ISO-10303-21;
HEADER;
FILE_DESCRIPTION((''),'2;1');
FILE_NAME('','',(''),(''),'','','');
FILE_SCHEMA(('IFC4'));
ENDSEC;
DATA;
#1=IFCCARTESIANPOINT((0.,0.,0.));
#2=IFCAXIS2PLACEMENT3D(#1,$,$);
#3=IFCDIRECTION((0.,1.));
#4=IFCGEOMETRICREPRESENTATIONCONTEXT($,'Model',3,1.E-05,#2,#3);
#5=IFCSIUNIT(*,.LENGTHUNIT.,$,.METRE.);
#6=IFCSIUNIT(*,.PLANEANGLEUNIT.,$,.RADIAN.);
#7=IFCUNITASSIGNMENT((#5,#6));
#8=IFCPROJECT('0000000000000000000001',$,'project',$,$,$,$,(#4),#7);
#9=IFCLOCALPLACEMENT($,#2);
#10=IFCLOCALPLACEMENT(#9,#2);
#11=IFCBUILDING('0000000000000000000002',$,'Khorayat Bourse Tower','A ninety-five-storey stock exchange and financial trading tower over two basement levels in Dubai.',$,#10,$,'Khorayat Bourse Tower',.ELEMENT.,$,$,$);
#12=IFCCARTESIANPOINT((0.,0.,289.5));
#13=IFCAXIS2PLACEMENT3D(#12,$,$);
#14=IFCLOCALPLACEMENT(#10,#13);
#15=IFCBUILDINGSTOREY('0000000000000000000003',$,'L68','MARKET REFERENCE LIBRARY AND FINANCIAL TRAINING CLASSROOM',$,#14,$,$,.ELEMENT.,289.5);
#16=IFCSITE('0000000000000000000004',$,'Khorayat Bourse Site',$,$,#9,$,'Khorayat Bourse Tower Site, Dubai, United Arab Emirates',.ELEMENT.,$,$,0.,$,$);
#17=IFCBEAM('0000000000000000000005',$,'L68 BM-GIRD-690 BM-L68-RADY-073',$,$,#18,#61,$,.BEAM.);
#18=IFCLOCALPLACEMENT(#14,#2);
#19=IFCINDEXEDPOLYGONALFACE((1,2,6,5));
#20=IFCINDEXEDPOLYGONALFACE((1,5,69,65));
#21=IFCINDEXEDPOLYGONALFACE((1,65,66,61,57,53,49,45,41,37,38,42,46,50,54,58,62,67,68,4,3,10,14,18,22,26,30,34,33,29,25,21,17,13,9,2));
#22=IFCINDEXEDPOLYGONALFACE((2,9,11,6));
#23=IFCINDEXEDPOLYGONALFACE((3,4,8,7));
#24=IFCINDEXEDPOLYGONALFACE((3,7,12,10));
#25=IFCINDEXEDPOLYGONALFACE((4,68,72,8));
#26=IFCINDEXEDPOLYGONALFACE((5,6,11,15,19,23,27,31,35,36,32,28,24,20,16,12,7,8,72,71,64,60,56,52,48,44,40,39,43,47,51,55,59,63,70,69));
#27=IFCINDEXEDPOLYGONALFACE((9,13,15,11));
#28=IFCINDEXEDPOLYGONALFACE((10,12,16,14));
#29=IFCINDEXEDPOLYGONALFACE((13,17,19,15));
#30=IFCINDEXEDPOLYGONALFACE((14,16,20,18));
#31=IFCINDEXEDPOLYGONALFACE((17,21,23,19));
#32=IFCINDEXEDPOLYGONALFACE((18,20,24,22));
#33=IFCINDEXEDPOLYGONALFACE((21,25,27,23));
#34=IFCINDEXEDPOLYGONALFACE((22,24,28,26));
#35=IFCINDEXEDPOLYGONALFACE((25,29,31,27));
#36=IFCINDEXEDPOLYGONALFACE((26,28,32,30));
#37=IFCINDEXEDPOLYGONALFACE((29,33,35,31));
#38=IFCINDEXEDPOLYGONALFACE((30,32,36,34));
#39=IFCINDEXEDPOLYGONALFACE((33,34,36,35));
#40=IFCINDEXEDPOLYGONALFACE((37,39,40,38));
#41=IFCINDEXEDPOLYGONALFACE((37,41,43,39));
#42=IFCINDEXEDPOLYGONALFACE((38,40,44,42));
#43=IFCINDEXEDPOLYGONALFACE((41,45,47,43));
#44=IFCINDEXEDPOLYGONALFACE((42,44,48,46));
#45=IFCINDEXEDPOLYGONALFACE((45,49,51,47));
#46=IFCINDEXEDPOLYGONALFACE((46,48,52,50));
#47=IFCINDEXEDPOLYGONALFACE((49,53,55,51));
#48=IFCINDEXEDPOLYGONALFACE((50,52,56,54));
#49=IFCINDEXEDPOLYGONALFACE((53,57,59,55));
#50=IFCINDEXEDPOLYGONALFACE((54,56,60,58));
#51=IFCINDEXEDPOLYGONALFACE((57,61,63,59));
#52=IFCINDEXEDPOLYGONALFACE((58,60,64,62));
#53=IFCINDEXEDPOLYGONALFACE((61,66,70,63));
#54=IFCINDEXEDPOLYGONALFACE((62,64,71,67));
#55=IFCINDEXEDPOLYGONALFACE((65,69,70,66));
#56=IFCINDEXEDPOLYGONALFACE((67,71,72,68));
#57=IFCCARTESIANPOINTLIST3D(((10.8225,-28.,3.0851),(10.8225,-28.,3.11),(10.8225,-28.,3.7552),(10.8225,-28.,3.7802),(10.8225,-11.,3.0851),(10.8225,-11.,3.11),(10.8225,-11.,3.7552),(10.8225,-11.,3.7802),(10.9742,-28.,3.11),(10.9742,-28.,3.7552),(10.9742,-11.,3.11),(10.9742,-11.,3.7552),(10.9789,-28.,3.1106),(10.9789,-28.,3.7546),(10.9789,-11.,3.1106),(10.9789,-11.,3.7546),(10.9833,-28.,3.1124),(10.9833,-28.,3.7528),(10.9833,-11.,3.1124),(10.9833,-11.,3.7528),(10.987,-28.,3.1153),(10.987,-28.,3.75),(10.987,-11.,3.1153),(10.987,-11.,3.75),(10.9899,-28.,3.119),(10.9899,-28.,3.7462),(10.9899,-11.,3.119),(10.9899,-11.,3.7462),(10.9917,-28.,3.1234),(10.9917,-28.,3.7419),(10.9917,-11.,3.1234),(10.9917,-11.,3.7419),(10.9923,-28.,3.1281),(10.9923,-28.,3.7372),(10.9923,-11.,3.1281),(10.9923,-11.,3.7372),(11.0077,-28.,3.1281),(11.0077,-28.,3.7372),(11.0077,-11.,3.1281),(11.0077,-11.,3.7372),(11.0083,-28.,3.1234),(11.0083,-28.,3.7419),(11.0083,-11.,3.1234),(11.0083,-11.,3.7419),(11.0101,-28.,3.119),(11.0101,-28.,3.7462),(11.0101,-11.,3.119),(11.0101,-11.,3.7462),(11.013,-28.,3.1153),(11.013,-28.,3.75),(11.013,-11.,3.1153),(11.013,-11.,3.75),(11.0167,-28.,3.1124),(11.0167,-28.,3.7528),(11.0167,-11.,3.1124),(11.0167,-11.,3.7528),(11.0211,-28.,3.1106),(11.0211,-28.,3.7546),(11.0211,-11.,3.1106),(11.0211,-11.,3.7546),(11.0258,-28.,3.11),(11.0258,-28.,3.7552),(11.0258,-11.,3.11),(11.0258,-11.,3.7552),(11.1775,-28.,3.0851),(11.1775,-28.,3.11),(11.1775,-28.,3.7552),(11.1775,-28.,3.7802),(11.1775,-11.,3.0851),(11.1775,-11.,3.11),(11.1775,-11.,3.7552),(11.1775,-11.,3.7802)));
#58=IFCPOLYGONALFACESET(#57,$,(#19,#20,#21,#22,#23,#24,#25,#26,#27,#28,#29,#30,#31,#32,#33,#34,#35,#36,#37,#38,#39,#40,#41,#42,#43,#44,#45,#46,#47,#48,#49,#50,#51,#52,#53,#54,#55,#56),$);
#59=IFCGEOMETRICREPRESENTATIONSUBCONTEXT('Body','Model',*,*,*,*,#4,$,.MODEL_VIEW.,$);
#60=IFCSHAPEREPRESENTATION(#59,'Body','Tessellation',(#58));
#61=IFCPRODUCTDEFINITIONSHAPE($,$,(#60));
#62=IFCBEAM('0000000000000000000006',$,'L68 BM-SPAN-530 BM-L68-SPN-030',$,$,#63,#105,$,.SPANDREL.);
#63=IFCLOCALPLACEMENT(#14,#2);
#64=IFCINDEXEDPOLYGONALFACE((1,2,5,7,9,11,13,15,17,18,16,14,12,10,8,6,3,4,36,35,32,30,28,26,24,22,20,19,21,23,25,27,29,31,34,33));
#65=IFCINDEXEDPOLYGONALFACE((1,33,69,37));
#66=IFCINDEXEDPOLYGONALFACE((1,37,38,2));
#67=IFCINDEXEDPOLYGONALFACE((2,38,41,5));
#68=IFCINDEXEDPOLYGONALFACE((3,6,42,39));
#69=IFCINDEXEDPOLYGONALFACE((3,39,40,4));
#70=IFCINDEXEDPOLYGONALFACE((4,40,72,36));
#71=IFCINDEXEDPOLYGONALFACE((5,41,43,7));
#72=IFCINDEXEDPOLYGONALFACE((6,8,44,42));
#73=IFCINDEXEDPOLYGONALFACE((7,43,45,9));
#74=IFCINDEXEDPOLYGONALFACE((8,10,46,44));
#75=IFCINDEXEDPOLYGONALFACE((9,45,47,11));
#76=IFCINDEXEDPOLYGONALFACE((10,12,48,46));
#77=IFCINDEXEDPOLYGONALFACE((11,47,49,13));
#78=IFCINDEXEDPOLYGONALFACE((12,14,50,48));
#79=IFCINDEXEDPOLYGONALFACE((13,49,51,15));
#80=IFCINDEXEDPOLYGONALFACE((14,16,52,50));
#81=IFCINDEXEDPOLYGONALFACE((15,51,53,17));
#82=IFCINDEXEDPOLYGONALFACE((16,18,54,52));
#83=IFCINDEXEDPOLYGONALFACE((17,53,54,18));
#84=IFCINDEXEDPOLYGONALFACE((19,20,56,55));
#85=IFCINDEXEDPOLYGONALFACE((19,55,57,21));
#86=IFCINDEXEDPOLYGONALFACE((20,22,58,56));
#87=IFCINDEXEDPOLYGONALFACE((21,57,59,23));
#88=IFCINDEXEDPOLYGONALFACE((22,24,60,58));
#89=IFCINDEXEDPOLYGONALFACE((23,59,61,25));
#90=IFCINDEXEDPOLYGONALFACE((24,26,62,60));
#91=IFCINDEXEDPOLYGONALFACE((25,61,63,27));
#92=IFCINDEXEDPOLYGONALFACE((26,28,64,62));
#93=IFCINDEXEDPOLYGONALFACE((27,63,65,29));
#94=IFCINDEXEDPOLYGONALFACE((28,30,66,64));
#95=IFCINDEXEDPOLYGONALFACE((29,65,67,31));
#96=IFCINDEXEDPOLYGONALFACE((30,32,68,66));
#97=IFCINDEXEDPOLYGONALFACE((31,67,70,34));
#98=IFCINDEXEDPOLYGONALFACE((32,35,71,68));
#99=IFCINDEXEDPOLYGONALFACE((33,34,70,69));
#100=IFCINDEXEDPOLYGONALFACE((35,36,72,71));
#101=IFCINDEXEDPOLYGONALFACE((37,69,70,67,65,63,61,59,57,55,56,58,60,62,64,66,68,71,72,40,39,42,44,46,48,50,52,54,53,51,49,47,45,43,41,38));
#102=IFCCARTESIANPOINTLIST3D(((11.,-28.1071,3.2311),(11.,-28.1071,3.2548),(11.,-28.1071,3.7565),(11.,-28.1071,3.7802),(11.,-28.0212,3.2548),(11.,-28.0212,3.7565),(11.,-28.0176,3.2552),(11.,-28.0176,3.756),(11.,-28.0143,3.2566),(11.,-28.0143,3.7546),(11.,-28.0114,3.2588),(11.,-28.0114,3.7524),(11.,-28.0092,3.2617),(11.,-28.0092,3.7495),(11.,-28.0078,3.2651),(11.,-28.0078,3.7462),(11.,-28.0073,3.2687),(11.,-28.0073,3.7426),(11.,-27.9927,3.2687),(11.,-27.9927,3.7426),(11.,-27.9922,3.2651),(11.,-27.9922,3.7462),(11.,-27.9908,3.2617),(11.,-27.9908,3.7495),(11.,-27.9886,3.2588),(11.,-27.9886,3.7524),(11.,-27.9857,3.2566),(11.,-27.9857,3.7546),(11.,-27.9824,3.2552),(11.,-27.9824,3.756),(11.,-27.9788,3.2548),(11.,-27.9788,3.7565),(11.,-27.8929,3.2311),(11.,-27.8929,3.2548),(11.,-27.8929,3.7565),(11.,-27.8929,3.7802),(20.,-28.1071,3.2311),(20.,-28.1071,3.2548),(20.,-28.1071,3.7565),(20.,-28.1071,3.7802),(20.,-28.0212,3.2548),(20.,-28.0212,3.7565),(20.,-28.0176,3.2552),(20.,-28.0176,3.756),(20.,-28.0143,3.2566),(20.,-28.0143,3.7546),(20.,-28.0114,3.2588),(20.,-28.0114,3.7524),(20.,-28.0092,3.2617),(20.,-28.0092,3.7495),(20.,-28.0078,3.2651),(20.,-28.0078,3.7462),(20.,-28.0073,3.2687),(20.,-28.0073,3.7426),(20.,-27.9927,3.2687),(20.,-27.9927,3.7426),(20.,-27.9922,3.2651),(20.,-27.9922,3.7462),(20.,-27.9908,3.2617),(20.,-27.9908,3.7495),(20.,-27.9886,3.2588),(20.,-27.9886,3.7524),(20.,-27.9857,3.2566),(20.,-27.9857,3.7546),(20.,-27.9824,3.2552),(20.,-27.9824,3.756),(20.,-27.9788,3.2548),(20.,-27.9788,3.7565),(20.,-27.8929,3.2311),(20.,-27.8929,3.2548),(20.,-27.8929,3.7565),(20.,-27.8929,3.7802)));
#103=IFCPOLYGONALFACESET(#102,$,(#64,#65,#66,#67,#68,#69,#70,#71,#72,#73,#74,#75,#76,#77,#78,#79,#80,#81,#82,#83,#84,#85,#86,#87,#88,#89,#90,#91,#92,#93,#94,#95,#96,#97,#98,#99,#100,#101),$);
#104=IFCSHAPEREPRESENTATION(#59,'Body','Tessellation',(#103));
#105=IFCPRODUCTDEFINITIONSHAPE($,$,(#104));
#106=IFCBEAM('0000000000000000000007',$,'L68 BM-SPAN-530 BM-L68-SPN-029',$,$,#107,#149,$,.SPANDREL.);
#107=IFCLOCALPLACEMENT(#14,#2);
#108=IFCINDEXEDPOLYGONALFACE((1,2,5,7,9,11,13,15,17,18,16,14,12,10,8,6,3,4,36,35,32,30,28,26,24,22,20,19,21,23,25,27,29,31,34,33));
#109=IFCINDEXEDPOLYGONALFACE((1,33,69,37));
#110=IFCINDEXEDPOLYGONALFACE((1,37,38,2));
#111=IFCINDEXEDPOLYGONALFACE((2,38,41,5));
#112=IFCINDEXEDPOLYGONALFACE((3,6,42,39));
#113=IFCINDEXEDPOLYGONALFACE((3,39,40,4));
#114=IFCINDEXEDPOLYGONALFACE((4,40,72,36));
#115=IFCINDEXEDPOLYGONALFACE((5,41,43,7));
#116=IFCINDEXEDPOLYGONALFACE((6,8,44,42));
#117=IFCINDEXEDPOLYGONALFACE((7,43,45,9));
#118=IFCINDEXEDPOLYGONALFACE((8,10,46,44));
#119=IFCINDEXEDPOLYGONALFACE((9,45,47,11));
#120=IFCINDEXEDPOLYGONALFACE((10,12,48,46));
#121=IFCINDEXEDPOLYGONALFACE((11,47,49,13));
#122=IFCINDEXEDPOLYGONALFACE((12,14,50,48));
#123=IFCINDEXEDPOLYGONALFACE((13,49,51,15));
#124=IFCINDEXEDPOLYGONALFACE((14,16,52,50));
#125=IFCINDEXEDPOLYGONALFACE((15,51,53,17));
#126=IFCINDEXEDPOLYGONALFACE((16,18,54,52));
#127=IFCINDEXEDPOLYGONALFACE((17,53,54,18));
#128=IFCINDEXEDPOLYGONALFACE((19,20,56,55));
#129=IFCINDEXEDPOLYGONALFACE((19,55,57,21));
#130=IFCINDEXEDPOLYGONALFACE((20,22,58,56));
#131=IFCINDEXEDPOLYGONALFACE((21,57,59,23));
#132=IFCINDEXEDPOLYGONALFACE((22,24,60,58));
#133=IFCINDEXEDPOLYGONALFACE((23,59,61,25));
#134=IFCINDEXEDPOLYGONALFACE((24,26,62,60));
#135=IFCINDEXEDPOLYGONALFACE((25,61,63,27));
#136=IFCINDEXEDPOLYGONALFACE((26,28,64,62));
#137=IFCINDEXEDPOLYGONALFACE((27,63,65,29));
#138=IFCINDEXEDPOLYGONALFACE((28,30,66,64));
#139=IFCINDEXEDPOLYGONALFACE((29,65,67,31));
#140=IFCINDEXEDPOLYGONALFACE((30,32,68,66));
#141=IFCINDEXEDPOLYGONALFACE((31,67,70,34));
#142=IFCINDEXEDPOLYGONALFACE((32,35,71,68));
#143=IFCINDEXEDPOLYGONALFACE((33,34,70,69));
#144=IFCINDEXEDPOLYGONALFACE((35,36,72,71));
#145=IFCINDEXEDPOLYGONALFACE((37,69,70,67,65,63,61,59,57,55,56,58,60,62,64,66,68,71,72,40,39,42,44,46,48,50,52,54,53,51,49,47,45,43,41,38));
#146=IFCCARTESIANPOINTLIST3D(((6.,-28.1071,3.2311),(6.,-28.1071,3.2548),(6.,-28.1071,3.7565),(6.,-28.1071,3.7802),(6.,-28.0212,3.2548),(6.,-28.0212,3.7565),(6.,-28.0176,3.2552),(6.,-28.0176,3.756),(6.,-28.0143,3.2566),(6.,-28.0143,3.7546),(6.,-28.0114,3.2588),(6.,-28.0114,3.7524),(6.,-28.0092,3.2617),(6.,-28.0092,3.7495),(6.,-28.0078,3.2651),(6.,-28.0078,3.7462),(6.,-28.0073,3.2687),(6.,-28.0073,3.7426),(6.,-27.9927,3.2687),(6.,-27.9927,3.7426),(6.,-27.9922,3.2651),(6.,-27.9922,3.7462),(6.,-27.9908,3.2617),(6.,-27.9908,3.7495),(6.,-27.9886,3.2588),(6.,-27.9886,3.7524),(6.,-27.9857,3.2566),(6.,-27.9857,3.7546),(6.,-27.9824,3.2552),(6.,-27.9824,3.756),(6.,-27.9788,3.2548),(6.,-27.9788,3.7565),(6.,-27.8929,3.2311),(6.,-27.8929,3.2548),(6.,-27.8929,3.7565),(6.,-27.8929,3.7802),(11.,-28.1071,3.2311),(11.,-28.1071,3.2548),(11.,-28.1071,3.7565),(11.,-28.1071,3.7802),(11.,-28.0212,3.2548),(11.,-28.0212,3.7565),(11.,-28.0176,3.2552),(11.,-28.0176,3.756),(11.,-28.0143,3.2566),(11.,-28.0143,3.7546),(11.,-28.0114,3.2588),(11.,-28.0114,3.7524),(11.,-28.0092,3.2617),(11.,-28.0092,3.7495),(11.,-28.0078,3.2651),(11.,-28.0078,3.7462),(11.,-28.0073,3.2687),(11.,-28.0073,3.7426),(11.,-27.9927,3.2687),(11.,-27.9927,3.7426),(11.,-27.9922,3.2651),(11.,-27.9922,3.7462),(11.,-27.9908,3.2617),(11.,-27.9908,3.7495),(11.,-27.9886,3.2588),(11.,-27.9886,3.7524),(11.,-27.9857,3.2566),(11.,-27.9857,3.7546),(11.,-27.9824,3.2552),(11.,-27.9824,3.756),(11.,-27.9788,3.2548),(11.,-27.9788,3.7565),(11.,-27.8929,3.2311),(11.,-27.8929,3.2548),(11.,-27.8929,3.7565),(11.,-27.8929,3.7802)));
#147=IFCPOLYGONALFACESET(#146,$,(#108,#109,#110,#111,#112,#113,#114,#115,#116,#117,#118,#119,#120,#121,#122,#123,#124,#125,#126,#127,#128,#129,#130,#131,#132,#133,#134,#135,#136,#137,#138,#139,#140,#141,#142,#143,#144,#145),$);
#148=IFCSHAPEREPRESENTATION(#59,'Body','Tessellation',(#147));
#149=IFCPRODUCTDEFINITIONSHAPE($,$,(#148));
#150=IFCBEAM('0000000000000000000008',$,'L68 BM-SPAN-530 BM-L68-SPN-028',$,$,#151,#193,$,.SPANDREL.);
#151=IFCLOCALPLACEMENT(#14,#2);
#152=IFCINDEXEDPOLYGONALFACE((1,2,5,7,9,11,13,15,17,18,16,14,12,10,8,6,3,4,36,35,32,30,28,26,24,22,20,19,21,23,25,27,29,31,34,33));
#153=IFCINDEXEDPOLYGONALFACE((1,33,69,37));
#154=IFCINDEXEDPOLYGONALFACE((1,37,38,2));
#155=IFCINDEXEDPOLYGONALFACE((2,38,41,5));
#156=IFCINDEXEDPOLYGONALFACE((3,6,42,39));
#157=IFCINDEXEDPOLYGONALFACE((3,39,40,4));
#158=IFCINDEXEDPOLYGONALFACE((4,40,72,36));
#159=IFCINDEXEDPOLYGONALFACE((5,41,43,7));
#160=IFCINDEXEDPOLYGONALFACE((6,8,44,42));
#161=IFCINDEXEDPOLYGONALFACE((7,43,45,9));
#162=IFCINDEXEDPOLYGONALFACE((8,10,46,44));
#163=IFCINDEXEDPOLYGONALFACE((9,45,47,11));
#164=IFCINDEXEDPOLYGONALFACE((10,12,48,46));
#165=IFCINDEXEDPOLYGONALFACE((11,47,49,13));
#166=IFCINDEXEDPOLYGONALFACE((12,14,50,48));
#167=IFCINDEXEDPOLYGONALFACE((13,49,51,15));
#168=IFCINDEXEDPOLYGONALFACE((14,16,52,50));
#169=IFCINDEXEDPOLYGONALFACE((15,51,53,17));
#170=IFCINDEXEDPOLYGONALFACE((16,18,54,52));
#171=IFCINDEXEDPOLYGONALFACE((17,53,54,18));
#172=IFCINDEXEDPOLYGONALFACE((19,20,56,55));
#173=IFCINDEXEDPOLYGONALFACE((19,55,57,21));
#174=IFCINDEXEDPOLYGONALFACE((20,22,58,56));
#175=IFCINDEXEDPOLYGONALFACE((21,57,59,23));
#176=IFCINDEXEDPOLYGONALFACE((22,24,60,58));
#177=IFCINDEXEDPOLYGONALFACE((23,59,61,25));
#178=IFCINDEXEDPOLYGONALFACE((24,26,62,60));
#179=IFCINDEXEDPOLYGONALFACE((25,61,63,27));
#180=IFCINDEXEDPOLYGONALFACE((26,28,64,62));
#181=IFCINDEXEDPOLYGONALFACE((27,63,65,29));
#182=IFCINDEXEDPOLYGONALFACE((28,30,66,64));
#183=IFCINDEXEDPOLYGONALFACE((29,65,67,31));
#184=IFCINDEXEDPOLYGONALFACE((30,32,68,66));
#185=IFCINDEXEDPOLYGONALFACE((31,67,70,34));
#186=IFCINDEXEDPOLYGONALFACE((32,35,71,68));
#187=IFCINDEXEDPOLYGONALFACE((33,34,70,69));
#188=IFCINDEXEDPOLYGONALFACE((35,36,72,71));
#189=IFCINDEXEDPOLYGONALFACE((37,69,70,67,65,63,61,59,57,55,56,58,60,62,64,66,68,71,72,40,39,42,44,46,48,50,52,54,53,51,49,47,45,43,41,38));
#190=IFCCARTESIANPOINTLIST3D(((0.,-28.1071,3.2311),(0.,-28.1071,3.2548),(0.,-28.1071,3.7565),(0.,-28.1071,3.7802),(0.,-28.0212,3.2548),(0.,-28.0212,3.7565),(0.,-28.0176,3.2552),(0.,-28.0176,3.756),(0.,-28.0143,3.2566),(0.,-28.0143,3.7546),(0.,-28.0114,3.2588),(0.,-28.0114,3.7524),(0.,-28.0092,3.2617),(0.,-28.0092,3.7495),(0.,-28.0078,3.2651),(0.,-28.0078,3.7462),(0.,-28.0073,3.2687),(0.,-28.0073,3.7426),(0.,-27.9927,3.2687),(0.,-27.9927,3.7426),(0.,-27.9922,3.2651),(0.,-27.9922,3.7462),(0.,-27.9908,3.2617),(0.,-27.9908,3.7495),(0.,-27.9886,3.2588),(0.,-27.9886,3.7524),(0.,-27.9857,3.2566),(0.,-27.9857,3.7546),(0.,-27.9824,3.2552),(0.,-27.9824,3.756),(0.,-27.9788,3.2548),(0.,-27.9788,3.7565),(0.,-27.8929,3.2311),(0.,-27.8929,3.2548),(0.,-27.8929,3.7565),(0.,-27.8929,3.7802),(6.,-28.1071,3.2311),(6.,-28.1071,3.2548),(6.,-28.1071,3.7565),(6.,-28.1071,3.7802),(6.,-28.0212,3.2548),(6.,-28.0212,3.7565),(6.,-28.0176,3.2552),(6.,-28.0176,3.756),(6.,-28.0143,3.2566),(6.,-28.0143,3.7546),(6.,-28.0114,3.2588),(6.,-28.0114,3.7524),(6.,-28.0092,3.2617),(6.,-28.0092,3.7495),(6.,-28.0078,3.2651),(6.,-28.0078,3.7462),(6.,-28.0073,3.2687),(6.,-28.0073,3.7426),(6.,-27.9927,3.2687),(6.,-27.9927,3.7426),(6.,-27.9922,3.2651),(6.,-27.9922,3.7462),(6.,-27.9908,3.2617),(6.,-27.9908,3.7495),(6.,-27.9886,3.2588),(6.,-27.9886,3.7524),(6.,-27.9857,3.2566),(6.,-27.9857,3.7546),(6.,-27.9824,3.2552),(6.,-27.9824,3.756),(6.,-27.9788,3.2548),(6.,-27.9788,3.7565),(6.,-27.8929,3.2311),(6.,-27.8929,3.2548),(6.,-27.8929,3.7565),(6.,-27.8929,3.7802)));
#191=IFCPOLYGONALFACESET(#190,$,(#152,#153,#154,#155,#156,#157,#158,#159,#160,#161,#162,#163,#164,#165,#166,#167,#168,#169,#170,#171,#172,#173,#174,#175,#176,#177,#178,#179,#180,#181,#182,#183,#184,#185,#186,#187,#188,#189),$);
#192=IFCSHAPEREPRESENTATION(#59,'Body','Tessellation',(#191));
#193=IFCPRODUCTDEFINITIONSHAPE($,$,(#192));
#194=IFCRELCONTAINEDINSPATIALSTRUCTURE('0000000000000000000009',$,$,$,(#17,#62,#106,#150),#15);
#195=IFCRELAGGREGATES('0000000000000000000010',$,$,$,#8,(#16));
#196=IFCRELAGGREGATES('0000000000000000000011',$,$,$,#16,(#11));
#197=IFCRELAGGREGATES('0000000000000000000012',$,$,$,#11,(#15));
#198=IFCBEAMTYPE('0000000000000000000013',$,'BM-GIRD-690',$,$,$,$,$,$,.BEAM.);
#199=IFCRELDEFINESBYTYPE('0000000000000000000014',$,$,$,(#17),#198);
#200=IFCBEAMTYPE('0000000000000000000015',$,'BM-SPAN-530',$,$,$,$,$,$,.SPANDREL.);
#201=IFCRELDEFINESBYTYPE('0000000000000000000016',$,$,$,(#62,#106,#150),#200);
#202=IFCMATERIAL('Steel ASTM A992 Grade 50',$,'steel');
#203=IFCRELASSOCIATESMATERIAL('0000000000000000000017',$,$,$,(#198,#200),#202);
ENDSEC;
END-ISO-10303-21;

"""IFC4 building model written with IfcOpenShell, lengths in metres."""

from ifc_helpers import new_model, si_unit, direction, frame, origin, origin_2d, place, context, subcontext, project, spatial, i_section, extrude, source, transform, mapped, material, material_profile, profile_set, type_object, element, save


model = new_model("IFC4")

# Units and contexts
model_context = context("Model", 3, precision=1e-05, world=origin(), true_north=direction((0.0, 1.0)))
body_context = subcontext(model_context, "Body", "Model", "MODEL_VIEW")
ifc_project = project(units=[si_unit("LENGTHUNIT", "METRE"), si_unit("PLANEANGLEUNIT", "RADIAN")], contexts=[model_context])

# Site, building, storey
site_placement = place(None, origin())
site = spatial("IfcSite", under=ifc_project, at=site_placement, Name="Khorayat Bourse Site", LongName="Khorayat Bourse Tower Site, Dubai, United Arab Emirates", CompositionType="ELEMENT", RefElevation=0.0)
building_placement = place(site_placement, origin())
building = spatial("IfcBuilding", under=site, at=building_placement, Name="Khorayat Bourse Tower", Description="A ninety-five-storey stock exchange and financial trading tower over two basement levels in Dubai.", LongName="Khorayat Bourse Tower", CompositionType="ELEMENT")
storey_placement = place(building_placement, frame((0.0, 0.0, 289.5)))
storey = spatial("IfcBuildingStorey", under=building, at=storey_placement, Name="L68", Description="MARKET REFERENCE LIBRARY AND FINANCIAL TRAINING CLASSROOM", CompositionType="ELEMENT", Elevation=289.5)

# Beams
ifc_material_1 = material(Name="Steel ASTM A992 Grade 50", Category="steel")
ifc_material_profile_1 = material_profile(ifc_material_1, i_section(OverallWidth=0.355, OverallDepth=0.6951, WebThickness=0.0154, FlangeThickness=0.0249, FilletRadius=0.0181, at=origin_2d()), Name="W690X217")
ifc_profile_set_1 = profile_set([ifc_material_profile_1], Name="Steel ASTM A992 Grade 50")
beam_type_1 = type_object("IfcBeamType", Name="BM-GIRD-690", PredefinedType="BEAM", material=ifc_profile_set_1)
shared_shape_1 = source(origin(), body_context, "Body", "SweptSolid", [
    extrude(i_section(OverallWidth=0.355, OverallDepth=0.6951, WebThickness=0.0154, FlangeThickness=0.0249, FilletRadius=0.0181, at=origin_2d()), origin(), (0.0, 0.0, 1.0), 17.0),
])
for number, where, z_axis, x_axis, name in (
    (1, (11.0, -28.0, 3.4326), (0.0, 1.0, 0.0), (-1.0, 0.0, 0.0), "L68 BM-GIRD-690 BM-L68-RADY-073"),
):
    element("IfcBeam", number, at=place(storey_placement, frame(where, z_axis=z_axis, x_axis=x_axis)), inside=storey, type_object=beam_type_1, Name=name, PredefinedType="BEAM", context=body_context, shape_type="MappedRepresentation", body=[
        mapped(shared_shape_1, transform((0.0, 0.0, 0.0), scale=1.0)),
    ])
ifc_material_profile_2 = material_profile(ifc_material_1, i_section(OverallWidth=0.2141, OverallDepth=0.5491, WebThickness=0.0146, FlangeThickness=0.0237, FilletRadius=0.0139, at=origin_2d()), Name="W530X138")
ifc_profile_set_2 = profile_set([ifc_material_profile_2], Name="Steel ASTM A992 Grade 50")
beam_type_2 = type_object("IfcBeamType", Name="BM-SPAN-530", PredefinedType="SPANDREL", material=ifc_profile_set_2)
shared_shape_2 = source(origin(), body_context, "Body", "SweptSolid", [
    extrude(i_section(OverallWidth=0.2141, OverallDepth=0.5491, WebThickness=0.0146, FlangeThickness=0.0237, FilletRadius=0.0139, at=origin_2d()), origin(), (0.0, 0.0, 1.0), 9.0),
])
beam_1_placement = place(storey_placement, frame((11.0, -28.0, 3.5056), z_axis=(1.0, 0.0, 0.0), x_axis=(0.0, 1.0, 0.0)))
element("IfcBeam", 2, at=beam_1_placement, inside=storey, type_object=beam_type_2, Name="L68 BM-SPAN-530 BM-L68-SPN-030", PredefinedType="SPANDREL", context=body_context, shape_type="MappedRepresentation", body=[
    mapped(shared_shape_2, transform((0.0, 0.0, 0.0), scale=1.0)),
])
shared_shape_3 = source(origin(), body_context, "Body", "SweptSolid", [
    extrude(i_section(OverallWidth=0.2141, OverallDepth=0.5491, WebThickness=0.0146, FlangeThickness=0.0237, FilletRadius=0.0139, at=origin_2d()), origin(), (0.0, 0.0, 1.0), 5.0),
])
beam_2_placement = place(storey_placement, frame((6.0, -28.0, 3.5056), z_axis=(1.0, 0.0, 0.0), x_axis=(0.0, 1.0, 0.0)))
element("IfcBeam", 3, at=beam_2_placement, inside=storey, type_object=beam_type_2, Name="L68 BM-SPAN-530 BM-L68-SPN-029", PredefinedType="SPANDREL", context=body_context, shape_type="MappedRepresentation", body=[
    mapped(shared_shape_3, transform((0.0, 0.0, 0.0), scale=1.0)),
])
shared_shape_4 = source(origin(), body_context, "Body", "SweptSolid", [
    extrude(i_section(OverallWidth=0.2141, OverallDepth=0.5491, WebThickness=0.0146, FlangeThickness=0.0237, FilletRadius=0.0139, at=origin_2d()), origin(), (0.0, 0.0, 1.0), 6.0),
])
beam_3_placement = place(storey_placement, frame((0.0, -28.0, 3.5056), z_axis=(1.0, 0.0, 0.0), x_axis=(0.0, 1.0, 0.0)))
element("IfcBeam", 4, at=beam_3_placement, inside=storey, type_object=beam_type_2, Name="L68 BM-SPAN-530 BM-L68-SPN-028", PredefinedType="SPANDREL", context=body_context, shape_type="MappedRepresentation", body=[
    mapped(shared_shape_4, transform((0.0, 0.0, 0.0), scale=1.0)),
])

save(model, "model.ifc")
